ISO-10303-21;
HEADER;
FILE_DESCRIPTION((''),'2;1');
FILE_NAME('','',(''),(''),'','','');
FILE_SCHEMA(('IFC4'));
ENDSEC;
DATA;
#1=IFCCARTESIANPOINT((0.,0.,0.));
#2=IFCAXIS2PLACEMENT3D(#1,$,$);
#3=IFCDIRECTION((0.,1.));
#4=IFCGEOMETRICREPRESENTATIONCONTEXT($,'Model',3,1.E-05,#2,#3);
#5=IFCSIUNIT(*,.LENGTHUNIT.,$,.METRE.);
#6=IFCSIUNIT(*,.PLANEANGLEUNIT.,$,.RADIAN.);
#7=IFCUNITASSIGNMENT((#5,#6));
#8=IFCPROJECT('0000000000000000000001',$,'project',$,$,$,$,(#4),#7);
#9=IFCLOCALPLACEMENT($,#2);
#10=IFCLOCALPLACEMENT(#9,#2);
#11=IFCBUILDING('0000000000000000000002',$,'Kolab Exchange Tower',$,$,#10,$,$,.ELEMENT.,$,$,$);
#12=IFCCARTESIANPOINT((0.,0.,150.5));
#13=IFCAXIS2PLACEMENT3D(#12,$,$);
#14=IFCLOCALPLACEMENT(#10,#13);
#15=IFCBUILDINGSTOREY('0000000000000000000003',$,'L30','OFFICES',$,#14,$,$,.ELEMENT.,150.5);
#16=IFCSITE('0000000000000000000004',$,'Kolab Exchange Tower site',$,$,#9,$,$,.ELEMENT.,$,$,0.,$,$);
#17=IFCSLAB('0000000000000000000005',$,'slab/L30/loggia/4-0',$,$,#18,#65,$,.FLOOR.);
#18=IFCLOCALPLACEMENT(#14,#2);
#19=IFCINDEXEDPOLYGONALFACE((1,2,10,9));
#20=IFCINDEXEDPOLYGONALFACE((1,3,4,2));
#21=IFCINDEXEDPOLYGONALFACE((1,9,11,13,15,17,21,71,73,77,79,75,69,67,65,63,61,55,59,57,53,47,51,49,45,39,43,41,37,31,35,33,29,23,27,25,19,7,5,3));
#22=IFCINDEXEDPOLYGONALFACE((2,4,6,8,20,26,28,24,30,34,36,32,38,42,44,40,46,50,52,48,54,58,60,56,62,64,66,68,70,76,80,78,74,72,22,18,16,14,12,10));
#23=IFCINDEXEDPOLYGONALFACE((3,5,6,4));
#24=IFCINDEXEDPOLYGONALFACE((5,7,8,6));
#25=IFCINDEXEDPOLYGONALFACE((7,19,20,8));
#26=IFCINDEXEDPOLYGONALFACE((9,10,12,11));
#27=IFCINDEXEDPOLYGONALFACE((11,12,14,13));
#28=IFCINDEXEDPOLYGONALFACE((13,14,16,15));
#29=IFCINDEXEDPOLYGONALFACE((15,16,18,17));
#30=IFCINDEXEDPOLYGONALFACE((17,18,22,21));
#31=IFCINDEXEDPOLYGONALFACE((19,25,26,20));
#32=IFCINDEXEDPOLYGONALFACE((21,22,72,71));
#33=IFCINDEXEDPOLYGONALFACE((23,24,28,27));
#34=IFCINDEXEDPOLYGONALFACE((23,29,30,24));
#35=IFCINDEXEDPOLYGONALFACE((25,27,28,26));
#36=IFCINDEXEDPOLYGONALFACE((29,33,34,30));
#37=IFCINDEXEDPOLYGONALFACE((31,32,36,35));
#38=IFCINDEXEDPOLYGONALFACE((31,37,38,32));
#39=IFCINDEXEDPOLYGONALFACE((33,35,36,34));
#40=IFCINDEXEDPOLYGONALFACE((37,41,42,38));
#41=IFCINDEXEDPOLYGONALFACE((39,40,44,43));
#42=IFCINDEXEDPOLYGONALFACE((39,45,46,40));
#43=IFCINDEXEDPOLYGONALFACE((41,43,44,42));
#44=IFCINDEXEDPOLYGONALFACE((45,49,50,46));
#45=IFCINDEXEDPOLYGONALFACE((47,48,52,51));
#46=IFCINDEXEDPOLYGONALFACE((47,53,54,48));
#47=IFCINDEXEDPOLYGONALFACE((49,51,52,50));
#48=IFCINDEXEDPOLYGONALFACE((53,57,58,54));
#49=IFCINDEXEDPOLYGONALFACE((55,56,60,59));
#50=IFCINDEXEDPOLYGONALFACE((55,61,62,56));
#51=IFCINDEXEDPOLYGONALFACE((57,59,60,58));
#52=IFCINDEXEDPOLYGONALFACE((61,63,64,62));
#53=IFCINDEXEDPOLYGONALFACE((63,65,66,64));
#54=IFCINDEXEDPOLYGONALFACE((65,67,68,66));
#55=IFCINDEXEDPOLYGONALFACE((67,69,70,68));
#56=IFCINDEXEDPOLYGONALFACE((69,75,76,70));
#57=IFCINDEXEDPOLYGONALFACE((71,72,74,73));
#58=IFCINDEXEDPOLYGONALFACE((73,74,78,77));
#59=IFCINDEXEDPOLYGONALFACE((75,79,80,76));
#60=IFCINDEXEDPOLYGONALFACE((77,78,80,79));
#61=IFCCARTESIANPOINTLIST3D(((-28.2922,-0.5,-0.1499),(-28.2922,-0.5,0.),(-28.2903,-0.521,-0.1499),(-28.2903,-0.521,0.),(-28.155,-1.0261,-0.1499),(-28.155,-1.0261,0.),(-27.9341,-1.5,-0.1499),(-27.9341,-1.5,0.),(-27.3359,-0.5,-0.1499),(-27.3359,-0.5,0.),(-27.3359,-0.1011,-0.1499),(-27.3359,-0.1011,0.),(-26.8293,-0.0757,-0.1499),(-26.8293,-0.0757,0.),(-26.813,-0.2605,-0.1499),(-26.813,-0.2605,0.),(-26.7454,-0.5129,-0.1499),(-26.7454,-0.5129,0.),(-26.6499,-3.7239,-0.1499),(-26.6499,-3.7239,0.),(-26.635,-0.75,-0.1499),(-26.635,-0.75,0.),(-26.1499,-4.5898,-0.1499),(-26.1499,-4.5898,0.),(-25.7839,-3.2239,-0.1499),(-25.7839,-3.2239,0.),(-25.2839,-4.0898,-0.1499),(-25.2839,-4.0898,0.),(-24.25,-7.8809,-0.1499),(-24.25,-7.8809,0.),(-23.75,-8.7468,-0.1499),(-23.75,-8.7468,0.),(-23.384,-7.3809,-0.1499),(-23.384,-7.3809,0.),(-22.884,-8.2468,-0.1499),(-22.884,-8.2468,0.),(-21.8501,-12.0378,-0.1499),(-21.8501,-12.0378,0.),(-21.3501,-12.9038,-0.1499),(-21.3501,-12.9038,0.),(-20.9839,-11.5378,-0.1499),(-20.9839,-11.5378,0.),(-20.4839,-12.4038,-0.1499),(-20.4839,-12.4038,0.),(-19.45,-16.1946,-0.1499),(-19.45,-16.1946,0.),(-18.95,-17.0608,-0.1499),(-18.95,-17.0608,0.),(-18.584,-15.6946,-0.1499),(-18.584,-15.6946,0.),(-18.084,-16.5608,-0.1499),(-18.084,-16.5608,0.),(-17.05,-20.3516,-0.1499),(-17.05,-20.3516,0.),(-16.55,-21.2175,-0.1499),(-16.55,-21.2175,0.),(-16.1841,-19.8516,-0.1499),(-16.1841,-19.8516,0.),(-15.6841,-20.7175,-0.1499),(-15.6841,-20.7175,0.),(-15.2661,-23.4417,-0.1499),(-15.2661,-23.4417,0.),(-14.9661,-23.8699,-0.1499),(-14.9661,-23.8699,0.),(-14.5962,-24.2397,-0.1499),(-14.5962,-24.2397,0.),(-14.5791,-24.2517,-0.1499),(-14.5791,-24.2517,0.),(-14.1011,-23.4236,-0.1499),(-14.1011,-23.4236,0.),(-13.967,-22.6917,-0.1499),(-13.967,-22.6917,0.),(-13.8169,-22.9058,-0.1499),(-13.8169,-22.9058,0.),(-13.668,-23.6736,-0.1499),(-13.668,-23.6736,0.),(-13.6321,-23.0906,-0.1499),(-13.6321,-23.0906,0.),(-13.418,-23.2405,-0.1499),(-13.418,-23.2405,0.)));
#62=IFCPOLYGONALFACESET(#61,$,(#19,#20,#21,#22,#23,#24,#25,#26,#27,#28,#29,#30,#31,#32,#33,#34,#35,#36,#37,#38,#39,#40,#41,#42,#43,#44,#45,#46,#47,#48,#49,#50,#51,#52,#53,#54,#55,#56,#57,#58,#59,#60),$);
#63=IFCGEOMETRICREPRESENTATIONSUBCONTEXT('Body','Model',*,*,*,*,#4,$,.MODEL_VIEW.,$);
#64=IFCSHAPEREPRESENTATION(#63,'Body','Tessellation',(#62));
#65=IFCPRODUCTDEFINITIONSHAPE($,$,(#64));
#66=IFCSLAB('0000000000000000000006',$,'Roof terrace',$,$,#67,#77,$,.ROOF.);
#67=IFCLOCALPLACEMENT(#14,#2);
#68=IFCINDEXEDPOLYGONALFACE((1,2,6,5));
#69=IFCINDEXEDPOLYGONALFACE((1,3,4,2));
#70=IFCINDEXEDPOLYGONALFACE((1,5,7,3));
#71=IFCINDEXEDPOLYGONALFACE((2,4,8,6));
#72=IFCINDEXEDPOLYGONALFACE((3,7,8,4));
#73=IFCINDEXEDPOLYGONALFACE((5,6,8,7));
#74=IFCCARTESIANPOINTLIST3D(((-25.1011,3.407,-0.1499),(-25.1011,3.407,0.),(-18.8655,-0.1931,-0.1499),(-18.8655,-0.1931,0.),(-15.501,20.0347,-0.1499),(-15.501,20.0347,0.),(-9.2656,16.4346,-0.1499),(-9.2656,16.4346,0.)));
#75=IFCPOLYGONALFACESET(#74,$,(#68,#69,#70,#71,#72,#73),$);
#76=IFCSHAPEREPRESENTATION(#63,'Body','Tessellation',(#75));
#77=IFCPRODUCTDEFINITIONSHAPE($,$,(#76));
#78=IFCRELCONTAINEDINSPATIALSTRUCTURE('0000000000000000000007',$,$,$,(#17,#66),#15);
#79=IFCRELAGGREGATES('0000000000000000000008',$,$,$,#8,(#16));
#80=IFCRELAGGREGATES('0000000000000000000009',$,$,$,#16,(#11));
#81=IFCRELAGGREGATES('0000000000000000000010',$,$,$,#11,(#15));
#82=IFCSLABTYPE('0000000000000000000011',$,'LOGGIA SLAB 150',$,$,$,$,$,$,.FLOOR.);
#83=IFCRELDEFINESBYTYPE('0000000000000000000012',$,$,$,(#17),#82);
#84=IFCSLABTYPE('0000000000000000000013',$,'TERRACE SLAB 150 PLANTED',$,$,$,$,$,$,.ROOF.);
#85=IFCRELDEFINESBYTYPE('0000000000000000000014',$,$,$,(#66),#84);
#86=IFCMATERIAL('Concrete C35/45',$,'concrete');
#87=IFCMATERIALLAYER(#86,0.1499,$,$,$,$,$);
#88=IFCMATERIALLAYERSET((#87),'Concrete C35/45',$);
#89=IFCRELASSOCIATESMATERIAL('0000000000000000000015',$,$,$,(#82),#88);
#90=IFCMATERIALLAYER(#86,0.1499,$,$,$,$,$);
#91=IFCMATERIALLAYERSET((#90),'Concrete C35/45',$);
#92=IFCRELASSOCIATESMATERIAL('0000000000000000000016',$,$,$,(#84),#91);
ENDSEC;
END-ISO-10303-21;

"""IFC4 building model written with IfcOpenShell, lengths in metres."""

from ifc_helpers import new_model, si_unit, direction, frame, origin, place, context, subcontext, project, spatial, polyline, outline, extrude, material, layer, layer_set, type_object, element, save


model = new_model("IFC4")

# Units and contexts
model_context = context("Model", 3, precision=1e-05, world=origin(), true_north=direction((0.0, 1.0)))
body_context = subcontext(model_context, "Body", "Model", "MODEL_VIEW")
ifc_project = project(units=[si_unit("LENGTHUNIT", "METRE"), si_unit("PLANEANGLEUNIT", "RADIAN")], contexts=[model_context])

# Site, building, storey
site_placement = place(None, origin())
site = spatial("IfcSite", under=ifc_project, at=site_placement, Name="Kolab Exchange Tower site", CompositionType="ELEMENT", RefElevation=0.0)
building_placement = place(site_placement, origin())
building = spatial("IfcBuilding", under=site, at=building_placement, Name="Kolab Exchange Tower", CompositionType="ELEMENT")
storey_placement = place(building_placement, frame((0.0, 0.0, 150.5)))
storey = spatial("IfcBuildingStorey", under=building, at=storey_placement, Name="L30", Description="OFFICES", CompositionType="ELEMENT", Elevation=150.5)

# Slabs
ifc_material_1 = material(Name="Concrete C35/45", Category="concrete")
ifc_layer_1 = layer(ifc_material_1, 0.1499)
ifc_layer_set_1 = layer_set([ifc_layer_1], Name="Concrete C35/45")
slab_type_1 = type_object("IfcSlabType", Name="LOGGIA SLAB 150", PredefinedType="FLOOR", material=ifc_layer_set_1)
slab_1_placement = place(storey_placement, frame((0.0, 0.0, -0.1499)))
element("IfcSlab", 1, at=slab_1_placement, inside=storey, type_object=slab_type_1, Name="slab/L30/loggia/4-0", PredefinedType="FLOOR", context=body_context, shape_type="SweptSolid", body=[
    extrude(outline(polyline([(-26.813, -0.2605), (-26.8293, -0.0757), (-27.3359, -0.1011), (-27.3359, -0.5), (-28.2922, -0.5), (-28.2903, -0.521), (-28.155, -1.0261), (-27.9341, -1.5), (-26.6499, -3.7239), (-25.7839, -3.2239), (-25.2839, -4.0898), (-26.1499, -4.5898), (-24.25, -7.8809), (-23.384, -7.3809), (-22.884, -8.2468), (-23.75, -8.7468), (-21.8501, -12.0378), (-20.9839, -11.5378), (-20.4839, -12.4038), (-21.3501, -12.9038), (-19.45, -16.1946), (-18.584, -15.6946), (-18.084, -16.5608), (-18.95, -17.0608), (-17.05, -20.3516), (-16.1841, -19.8516), (-15.6841, -20.7175), (-16.55, -21.2175), (-15.2661, -23.4417), (-14.9661, -23.8699), (-14.5962, -24.2397), (-14.5791, -24.2517), (-14.1011, -23.4236), (-13.668, -23.6736), (-13.418, -23.2405), (-13.6321, -23.0906), (-13.8169, -22.9058), (-13.967, -22.6917), (-26.635, -0.75), (-26.7454, -0.5129), (-26.813, -0.2605)])), origin(), (0.0, 0.0, 1.0), 0.1499),
])
ifc_layer_2 = layer(ifc_material_1, 0.1499)
ifc_layer_set_2 = layer_set([ifc_layer_2], Name="Concrete C35/45")
slab_type_2 = type_object("IfcSlabType", Name="TERRACE SLAB 150 PLANTED", PredefinedType="ROOF", material=ifc_layer_set_2)
slab_2_placement = place(storey_placement, frame((0.0, 0.0, -0.1499)))
element("IfcSlab", 2, at=slab_2_placement, inside=storey, type_object=slab_type_2, Name="Roof terrace", PredefinedType="ROOF", context=body_context, shape_type="SweptSolid", body=[
    extrude(outline(polyline([(-25.1011, 3.407), (-18.8655, -0.1931), (-9.2656, 16.4346), (-15.501, 20.0347), (-25.1011, 3.407)])), origin(), (0.0, 0.0, 1.0), 0.1499),
])

save(model, "model.ifc")
